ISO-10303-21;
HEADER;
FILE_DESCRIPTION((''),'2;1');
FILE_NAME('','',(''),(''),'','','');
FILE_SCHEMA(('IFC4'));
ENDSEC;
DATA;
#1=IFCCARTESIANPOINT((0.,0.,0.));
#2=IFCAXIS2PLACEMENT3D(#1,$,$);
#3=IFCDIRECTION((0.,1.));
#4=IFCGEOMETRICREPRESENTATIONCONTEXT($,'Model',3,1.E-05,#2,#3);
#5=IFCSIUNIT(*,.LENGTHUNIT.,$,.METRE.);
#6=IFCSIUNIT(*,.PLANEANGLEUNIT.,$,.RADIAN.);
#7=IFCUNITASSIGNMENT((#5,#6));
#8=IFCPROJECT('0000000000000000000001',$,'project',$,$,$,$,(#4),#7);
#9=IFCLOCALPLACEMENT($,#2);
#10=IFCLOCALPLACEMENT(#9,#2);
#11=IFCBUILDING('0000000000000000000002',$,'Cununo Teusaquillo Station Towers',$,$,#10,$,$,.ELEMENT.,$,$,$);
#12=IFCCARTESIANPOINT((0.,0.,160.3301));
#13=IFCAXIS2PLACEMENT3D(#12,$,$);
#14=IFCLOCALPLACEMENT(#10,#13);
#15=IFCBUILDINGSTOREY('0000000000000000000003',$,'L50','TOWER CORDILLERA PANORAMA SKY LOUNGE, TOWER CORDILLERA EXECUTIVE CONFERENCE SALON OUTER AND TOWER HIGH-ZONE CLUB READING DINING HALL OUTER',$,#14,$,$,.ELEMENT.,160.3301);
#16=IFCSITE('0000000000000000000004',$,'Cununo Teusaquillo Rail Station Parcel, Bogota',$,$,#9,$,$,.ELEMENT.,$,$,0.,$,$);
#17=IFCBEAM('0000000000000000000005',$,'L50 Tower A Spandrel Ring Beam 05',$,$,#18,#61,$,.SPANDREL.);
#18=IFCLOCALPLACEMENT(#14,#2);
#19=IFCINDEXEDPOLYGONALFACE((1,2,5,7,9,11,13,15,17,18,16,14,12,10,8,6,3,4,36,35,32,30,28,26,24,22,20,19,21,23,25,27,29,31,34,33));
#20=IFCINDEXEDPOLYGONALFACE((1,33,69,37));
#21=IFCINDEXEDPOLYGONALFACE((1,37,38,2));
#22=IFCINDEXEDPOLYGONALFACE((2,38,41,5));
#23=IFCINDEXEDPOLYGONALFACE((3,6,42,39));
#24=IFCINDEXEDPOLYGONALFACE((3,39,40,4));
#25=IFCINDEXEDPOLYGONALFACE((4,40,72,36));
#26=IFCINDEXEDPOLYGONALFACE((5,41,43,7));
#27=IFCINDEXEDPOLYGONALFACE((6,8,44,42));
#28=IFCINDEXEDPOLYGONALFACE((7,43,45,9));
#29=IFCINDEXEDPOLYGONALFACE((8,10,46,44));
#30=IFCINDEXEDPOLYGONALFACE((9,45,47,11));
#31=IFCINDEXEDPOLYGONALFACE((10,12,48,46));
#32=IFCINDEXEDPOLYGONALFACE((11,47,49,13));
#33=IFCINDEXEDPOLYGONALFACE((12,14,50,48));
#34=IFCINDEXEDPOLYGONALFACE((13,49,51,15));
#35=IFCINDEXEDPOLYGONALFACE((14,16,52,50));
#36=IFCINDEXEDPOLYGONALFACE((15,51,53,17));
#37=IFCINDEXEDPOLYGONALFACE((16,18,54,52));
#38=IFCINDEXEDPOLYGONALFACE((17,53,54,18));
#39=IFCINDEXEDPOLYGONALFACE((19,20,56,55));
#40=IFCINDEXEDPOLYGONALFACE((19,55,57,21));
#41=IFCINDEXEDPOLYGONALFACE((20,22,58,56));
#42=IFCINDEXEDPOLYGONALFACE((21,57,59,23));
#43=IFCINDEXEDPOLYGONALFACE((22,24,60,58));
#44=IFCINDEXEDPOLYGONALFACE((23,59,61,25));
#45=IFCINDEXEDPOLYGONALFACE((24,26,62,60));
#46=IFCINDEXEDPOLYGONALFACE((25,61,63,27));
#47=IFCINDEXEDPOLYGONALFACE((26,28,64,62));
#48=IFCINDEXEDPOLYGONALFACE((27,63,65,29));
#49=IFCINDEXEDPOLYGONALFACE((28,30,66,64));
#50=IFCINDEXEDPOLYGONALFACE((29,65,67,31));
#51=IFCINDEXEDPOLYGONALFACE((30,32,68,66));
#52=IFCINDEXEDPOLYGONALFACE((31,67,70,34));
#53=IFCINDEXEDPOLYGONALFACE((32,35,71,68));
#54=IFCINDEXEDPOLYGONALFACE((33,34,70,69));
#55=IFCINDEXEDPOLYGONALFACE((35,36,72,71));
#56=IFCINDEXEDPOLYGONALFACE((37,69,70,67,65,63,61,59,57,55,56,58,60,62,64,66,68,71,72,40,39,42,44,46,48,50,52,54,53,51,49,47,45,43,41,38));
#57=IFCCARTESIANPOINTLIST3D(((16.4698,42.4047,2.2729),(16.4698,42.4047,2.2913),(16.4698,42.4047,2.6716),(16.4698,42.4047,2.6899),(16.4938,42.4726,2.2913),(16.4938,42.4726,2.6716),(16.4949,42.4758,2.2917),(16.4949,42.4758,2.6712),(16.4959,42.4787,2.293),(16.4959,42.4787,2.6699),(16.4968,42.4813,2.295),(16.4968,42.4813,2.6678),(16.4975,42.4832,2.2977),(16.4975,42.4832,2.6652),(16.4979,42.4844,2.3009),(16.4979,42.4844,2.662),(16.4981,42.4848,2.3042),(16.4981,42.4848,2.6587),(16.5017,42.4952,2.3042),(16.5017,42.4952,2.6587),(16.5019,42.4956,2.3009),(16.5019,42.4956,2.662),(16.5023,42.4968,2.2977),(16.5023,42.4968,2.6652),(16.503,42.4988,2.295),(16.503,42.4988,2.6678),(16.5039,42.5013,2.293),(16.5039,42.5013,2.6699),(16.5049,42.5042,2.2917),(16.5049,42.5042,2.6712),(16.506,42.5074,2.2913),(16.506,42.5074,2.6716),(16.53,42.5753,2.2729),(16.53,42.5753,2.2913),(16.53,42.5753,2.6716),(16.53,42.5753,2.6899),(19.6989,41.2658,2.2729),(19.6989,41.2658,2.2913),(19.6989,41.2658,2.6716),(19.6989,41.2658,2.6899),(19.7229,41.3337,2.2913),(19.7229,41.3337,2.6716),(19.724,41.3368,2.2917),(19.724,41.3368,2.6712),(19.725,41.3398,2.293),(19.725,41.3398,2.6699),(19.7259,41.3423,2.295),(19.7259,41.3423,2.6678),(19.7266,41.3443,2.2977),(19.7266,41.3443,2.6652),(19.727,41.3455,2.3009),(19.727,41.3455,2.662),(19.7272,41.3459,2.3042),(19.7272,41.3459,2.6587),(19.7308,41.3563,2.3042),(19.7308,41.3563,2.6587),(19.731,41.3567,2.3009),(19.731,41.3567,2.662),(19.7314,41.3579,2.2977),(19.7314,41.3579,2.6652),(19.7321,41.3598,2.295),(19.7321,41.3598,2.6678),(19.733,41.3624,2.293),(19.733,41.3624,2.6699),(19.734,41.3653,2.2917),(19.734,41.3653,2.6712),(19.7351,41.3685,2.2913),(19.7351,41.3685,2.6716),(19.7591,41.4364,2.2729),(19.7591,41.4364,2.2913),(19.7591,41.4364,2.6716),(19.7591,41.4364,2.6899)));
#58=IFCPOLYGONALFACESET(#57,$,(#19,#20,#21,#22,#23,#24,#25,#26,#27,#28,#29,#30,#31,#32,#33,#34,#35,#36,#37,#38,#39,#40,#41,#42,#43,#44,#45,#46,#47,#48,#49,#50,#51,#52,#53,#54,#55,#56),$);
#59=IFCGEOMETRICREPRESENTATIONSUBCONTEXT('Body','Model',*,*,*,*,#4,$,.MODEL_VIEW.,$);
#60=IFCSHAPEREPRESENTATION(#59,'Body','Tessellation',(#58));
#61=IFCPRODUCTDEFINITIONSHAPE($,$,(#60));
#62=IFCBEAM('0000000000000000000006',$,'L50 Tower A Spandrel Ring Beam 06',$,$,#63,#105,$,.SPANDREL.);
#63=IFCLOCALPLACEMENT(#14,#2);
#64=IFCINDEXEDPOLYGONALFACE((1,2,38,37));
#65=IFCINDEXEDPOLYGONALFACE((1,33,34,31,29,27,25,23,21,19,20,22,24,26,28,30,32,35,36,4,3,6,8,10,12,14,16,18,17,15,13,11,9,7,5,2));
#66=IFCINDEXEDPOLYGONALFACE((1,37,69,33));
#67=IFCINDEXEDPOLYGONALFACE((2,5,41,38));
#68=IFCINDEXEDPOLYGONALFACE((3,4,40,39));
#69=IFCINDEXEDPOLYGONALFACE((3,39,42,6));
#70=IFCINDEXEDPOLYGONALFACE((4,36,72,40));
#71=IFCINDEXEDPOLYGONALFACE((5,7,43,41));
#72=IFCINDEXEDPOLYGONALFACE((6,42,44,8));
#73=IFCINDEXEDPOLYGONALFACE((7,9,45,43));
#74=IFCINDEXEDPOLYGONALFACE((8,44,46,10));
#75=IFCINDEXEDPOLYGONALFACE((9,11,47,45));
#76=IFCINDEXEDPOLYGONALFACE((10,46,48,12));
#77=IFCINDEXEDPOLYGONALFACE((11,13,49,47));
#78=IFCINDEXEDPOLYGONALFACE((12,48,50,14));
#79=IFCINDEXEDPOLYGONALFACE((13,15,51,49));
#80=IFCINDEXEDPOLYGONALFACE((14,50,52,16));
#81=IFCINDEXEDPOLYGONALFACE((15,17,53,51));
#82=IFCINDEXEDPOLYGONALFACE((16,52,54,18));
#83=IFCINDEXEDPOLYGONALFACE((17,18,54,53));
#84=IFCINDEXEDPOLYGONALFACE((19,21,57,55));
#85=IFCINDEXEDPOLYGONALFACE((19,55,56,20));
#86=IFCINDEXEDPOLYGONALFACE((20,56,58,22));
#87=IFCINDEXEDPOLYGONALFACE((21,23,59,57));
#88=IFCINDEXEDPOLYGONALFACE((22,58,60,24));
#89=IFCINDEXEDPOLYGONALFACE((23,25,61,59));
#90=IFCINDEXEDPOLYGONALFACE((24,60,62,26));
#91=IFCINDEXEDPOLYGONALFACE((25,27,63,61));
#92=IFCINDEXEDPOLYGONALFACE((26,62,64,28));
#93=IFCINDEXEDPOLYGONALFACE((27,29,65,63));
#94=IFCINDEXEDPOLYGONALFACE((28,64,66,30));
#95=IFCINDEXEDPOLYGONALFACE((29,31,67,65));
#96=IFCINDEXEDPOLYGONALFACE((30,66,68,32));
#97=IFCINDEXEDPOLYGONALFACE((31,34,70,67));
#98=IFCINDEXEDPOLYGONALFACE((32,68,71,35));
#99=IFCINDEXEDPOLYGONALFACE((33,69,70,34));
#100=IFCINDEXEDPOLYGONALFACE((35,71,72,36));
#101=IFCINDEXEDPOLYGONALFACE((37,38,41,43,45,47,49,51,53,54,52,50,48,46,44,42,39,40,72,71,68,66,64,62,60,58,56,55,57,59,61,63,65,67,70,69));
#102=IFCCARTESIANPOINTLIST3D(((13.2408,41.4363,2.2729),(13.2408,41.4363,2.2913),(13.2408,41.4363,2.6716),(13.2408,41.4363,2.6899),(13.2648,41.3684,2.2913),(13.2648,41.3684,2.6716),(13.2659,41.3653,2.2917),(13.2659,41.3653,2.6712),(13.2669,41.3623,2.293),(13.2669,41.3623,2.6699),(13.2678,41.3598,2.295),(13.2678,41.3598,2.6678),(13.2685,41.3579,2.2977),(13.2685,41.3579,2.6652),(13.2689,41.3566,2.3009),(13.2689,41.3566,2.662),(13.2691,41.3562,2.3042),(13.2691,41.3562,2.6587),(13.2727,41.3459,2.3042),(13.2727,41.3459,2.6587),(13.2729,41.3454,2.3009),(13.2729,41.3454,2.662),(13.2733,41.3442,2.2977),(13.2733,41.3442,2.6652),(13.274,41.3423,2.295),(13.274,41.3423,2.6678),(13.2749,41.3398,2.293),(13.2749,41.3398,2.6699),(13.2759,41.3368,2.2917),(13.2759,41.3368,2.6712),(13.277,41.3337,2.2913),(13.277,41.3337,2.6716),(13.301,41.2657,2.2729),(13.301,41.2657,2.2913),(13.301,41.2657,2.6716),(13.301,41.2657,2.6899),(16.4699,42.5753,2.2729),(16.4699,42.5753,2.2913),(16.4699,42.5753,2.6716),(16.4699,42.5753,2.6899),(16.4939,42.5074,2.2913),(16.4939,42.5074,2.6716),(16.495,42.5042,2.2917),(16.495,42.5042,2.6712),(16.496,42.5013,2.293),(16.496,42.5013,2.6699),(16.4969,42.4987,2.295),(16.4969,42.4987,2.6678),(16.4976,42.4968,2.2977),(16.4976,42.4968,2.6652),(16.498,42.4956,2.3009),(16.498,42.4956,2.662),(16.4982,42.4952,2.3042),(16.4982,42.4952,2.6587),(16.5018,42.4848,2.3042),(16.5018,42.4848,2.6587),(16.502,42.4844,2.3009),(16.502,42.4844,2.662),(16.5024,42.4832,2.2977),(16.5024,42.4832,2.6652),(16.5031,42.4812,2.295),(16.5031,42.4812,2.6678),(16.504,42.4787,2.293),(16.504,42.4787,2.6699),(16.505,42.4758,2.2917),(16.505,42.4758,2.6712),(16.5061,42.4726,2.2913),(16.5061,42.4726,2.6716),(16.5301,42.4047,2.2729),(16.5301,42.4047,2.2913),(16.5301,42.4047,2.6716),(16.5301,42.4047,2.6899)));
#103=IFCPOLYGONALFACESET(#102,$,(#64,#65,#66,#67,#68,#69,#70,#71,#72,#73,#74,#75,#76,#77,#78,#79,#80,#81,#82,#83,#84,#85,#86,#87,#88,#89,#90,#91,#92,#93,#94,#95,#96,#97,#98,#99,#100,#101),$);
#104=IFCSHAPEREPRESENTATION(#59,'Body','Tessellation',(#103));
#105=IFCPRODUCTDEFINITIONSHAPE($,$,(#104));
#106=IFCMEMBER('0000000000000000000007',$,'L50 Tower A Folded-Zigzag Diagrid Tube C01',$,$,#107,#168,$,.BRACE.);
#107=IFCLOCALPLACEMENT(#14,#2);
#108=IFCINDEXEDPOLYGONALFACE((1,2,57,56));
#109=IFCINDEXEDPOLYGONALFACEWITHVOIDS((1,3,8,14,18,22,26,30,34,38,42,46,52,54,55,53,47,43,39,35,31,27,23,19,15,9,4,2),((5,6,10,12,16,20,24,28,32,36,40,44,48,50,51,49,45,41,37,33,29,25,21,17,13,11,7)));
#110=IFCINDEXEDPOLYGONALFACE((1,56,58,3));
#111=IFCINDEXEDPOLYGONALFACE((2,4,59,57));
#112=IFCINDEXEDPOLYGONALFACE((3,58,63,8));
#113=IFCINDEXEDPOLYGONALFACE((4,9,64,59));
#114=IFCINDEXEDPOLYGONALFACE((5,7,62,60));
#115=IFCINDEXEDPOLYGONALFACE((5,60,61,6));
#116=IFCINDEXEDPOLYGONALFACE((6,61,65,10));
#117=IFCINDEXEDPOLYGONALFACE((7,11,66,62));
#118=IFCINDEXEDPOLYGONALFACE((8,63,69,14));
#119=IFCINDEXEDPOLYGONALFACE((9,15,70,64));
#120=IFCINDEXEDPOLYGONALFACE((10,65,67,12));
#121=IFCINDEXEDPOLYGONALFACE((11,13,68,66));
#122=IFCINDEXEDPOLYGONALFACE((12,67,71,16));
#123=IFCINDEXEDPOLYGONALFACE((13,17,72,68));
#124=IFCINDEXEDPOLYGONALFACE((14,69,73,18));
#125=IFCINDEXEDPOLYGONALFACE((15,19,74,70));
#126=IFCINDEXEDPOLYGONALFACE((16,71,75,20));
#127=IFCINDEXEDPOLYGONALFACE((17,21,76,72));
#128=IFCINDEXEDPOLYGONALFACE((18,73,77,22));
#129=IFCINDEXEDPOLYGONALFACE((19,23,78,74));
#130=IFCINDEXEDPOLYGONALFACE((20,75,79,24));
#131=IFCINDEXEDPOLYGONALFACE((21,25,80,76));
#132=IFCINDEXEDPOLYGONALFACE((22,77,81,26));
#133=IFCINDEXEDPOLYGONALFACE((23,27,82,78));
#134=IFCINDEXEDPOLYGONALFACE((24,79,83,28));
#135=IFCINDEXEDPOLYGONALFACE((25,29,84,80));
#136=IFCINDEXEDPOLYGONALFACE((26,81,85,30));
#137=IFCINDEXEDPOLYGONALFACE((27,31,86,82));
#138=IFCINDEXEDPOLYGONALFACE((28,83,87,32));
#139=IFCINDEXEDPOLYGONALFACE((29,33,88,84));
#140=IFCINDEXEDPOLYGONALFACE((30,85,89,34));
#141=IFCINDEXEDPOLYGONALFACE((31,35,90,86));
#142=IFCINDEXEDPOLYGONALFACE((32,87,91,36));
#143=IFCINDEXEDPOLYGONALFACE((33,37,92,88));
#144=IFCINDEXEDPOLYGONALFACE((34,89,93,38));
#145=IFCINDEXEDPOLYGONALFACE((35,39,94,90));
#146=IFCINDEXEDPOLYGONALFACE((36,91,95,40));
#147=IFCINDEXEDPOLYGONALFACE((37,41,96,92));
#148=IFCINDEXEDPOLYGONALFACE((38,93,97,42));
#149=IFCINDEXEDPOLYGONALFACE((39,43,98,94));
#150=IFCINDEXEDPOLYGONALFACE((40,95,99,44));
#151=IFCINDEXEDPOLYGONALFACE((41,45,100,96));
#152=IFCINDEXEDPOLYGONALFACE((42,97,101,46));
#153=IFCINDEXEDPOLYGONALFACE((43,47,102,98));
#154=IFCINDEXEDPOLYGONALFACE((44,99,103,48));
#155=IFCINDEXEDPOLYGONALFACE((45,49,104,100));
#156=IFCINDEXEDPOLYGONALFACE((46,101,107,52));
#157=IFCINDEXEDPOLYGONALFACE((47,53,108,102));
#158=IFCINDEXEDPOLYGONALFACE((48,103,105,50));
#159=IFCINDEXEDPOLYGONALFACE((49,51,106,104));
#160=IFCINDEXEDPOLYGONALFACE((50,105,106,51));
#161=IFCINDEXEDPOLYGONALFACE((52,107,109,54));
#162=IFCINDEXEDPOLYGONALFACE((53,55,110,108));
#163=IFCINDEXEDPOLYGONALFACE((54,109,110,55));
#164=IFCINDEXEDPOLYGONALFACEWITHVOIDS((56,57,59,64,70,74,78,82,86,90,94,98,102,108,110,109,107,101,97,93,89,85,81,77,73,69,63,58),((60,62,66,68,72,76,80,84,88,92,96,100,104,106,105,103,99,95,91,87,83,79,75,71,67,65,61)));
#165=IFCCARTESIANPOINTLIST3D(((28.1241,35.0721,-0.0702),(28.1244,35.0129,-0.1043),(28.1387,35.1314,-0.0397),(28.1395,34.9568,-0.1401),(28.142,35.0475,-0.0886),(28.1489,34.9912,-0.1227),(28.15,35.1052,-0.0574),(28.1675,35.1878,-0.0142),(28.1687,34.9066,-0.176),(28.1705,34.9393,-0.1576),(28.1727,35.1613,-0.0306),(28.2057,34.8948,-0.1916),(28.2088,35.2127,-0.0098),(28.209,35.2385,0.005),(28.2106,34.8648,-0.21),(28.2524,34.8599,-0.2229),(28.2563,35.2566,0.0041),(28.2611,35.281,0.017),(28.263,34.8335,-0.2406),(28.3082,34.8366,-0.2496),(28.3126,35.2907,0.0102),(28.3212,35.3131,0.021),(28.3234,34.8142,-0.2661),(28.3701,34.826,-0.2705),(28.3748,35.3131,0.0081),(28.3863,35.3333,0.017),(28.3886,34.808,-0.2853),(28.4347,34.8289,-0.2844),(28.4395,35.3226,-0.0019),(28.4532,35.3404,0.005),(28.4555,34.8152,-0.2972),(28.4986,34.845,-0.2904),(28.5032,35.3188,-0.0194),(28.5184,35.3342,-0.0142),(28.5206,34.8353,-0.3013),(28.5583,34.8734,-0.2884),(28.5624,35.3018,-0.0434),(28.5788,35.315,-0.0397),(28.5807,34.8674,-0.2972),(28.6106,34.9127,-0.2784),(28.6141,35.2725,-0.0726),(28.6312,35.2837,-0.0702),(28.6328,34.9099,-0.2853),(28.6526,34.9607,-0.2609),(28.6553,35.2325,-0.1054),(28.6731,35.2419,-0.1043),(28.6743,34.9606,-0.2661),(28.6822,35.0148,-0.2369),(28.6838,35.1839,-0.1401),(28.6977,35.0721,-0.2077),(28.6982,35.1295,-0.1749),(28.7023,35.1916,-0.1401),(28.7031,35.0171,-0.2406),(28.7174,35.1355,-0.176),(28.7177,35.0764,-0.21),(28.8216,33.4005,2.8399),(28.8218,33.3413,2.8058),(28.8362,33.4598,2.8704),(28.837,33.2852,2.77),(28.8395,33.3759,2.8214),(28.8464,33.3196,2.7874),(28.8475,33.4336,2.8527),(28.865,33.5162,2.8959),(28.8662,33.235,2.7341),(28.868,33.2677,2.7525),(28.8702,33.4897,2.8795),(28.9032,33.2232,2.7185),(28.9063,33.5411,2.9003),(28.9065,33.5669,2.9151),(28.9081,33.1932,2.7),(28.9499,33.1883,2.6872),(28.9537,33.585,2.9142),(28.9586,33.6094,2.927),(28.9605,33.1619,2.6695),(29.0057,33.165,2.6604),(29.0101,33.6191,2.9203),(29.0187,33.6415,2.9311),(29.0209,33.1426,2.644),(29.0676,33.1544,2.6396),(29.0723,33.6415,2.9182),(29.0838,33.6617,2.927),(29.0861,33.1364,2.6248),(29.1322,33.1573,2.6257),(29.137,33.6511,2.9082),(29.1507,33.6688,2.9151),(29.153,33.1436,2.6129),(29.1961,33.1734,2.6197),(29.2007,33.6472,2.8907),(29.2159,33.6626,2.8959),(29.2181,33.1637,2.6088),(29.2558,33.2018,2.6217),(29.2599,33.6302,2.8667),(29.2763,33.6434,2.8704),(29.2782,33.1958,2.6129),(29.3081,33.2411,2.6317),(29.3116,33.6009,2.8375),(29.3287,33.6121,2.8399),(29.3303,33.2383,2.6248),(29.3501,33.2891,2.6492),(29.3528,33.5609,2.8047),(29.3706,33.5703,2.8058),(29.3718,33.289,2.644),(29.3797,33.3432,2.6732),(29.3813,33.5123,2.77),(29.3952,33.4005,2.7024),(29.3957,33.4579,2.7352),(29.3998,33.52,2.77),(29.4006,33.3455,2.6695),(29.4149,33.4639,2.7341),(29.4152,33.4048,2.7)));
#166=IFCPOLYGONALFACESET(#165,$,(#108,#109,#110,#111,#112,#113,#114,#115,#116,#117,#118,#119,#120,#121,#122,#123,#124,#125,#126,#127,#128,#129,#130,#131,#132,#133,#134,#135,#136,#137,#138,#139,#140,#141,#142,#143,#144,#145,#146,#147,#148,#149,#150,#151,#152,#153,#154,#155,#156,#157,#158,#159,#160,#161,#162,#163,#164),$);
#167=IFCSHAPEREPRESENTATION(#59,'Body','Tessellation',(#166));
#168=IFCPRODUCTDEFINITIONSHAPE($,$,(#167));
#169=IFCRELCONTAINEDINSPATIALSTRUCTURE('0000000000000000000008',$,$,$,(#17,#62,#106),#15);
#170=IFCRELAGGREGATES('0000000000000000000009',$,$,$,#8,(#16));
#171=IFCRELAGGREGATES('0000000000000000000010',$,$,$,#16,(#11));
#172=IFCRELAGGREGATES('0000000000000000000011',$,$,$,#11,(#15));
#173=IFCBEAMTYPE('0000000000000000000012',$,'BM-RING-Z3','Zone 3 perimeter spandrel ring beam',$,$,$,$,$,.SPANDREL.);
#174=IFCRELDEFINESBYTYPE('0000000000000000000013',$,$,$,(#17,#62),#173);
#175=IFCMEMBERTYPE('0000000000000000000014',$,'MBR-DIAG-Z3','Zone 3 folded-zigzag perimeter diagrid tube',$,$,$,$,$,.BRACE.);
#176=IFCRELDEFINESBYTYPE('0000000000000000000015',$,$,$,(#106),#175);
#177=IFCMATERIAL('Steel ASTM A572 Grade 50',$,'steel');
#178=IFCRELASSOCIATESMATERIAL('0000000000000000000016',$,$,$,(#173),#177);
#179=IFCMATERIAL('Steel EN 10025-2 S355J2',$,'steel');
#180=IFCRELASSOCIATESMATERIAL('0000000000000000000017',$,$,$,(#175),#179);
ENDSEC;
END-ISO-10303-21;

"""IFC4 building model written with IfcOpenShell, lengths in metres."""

from ifc_helpers import new_model, si_unit, direction, frame, origin, origin_2d, place, context, subcontext, project, spatial, hollow_circle, i_section, extrude, material, material_profile, profile_set, type_object, element, save


model = new_model("IFC4")

# Units and contexts
model_context = context("Model", 3, precision=1e-05, world=origin(), true_north=direction((0.0, 1.0)))
body_context = subcontext(model_context, "Body", "Model", "MODEL_VIEW")
ifc_project = project(units=[si_unit("LENGTHUNIT", "METRE"), si_unit("PLANEANGLEUNIT", "RADIAN")], contexts=[model_context])

# Site, building, storey
site_placement = place(None, origin())
site = spatial("IfcSite", under=ifc_project, at=site_placement, Name="Cununo Teusaquillo Rail Station Parcel, Bogota", CompositionType="ELEMENT", RefElevation=0.0)
building_placement = place(site_placement, origin())
building = spatial("IfcBuilding", under=site, at=building_placement, Name="Cununo Teusaquillo Station Towers", CompositionType="ELEMENT")
storey_placement = place(building_placement, frame((0.0, 0.0, 160.3301)))
storey = spatial("IfcBuildingStorey", under=building, at=storey_placement, Name="L50", Description="TOWER CORDILLERA PANORAMA SKY LOUNGE, TOWER CORDILLERA EXECUTIVE CONFERENCE SALON OUTER AND TOWER HIGH-ZONE CLUB READING DINING HALL OUTER", CompositionType="ELEMENT", Elevation=160.3301)

# Beams
ifc_material_1 = material(Name="Steel ASTM A572 Grade 50", Category="steel")
ifc_material_profile_1 = material_profile(ifc_material_1, i_section(OverallWidth=0.1809, OverallDepth=0.417, WebThickness=0.011, FlangeThickness=0.0183, FilletRadius=0.0129, at=origin_2d()), Name="W16X57")
ifc_profile_set_1 = profile_set([ifc_material_profile_1], Name="Steel ASTM A572 Grade 50")
beam_type_1 = type_object("IfcBeamType", Name="BM-RING-Z3", Description="Zone 3 perimeter spandrel ring beam", PredefinedType="SPANDREL", material=ifc_profile_set_1)
for number, where, z_axis, x_axis, name in (
    (1, (19.729, 41.3511, 2.4814), (-0.943057, 0.33263, 0.0), (-0.33263, -0.943057, 0.0), "L50 Tower A Spandrel Ring Beam 05"),
    (2, (16.5, 42.49, 2.4814), (-0.943057, -0.33263, 0.0), (0.33263, -0.943057, 0.0), "L50 Tower A Spandrel Ring Beam 06"),
):
    element("IfcBeam", number, at=place(storey_placement, frame(where, z_axis=z_axis, x_axis=x_axis)), inside=storey, type_object=beam_type_1, Name=name, PredefinedType="SPANDREL", context=body_context, shape_type="SweptSolid", body=[
        extrude(i_section(OverallWidth=0.1809, OverallDepth=0.417, WebThickness=0.011, FlangeThickness=0.0183, FilletRadius=0.0129, at=origin_2d()), origin(), (0.0, 0.0, 1.0), 3.4241),
    ])

# Member
ifc_material_2 = material(Name="Steel EN 10025-2 S355J2", Category="steel")
ifc_material_profile_2 = material_profile(ifc_material_2, hollow_circle(Radius=0.3049, WallThickness=0.02, at=origin_2d()), Name="CHS 610x20")
ifc_profile_set_2 = profile_set([ifc_material_profile_2], Name="Steel EN 10025-2 S355J2")
member_type = type_object("IfcMemberType", Name="MBR-DIAG-Z3", Description="Zone 3 folded-zigzag perimeter diagrid tube", PredefinedType="BRACE", material=ifc_profile_set_2)
member_1_placement = place(storey_placement, frame((28.4209, 35.0742, -0.1401), z_axis=(0.203486, -0.487667, 0.848984), x_axis=(0.922881, 0.385084, 0.0)))
element("IfcMember", 3, at=member_1_placement, inside=storey, type_object=member_type, Name="L50 Tower A Folded-Zigzag Diagrid Tube C01", PredefinedType="BRACE", context=body_context, shape_type="SweptSolid", body=[
    extrude(hollow_circle(Radius=0.3049, WallThickness=0.02, at=origin_2d()), origin(), (0.0, 0.0, 1.0), 3.4277),
])

save(model, "model.ifc")
